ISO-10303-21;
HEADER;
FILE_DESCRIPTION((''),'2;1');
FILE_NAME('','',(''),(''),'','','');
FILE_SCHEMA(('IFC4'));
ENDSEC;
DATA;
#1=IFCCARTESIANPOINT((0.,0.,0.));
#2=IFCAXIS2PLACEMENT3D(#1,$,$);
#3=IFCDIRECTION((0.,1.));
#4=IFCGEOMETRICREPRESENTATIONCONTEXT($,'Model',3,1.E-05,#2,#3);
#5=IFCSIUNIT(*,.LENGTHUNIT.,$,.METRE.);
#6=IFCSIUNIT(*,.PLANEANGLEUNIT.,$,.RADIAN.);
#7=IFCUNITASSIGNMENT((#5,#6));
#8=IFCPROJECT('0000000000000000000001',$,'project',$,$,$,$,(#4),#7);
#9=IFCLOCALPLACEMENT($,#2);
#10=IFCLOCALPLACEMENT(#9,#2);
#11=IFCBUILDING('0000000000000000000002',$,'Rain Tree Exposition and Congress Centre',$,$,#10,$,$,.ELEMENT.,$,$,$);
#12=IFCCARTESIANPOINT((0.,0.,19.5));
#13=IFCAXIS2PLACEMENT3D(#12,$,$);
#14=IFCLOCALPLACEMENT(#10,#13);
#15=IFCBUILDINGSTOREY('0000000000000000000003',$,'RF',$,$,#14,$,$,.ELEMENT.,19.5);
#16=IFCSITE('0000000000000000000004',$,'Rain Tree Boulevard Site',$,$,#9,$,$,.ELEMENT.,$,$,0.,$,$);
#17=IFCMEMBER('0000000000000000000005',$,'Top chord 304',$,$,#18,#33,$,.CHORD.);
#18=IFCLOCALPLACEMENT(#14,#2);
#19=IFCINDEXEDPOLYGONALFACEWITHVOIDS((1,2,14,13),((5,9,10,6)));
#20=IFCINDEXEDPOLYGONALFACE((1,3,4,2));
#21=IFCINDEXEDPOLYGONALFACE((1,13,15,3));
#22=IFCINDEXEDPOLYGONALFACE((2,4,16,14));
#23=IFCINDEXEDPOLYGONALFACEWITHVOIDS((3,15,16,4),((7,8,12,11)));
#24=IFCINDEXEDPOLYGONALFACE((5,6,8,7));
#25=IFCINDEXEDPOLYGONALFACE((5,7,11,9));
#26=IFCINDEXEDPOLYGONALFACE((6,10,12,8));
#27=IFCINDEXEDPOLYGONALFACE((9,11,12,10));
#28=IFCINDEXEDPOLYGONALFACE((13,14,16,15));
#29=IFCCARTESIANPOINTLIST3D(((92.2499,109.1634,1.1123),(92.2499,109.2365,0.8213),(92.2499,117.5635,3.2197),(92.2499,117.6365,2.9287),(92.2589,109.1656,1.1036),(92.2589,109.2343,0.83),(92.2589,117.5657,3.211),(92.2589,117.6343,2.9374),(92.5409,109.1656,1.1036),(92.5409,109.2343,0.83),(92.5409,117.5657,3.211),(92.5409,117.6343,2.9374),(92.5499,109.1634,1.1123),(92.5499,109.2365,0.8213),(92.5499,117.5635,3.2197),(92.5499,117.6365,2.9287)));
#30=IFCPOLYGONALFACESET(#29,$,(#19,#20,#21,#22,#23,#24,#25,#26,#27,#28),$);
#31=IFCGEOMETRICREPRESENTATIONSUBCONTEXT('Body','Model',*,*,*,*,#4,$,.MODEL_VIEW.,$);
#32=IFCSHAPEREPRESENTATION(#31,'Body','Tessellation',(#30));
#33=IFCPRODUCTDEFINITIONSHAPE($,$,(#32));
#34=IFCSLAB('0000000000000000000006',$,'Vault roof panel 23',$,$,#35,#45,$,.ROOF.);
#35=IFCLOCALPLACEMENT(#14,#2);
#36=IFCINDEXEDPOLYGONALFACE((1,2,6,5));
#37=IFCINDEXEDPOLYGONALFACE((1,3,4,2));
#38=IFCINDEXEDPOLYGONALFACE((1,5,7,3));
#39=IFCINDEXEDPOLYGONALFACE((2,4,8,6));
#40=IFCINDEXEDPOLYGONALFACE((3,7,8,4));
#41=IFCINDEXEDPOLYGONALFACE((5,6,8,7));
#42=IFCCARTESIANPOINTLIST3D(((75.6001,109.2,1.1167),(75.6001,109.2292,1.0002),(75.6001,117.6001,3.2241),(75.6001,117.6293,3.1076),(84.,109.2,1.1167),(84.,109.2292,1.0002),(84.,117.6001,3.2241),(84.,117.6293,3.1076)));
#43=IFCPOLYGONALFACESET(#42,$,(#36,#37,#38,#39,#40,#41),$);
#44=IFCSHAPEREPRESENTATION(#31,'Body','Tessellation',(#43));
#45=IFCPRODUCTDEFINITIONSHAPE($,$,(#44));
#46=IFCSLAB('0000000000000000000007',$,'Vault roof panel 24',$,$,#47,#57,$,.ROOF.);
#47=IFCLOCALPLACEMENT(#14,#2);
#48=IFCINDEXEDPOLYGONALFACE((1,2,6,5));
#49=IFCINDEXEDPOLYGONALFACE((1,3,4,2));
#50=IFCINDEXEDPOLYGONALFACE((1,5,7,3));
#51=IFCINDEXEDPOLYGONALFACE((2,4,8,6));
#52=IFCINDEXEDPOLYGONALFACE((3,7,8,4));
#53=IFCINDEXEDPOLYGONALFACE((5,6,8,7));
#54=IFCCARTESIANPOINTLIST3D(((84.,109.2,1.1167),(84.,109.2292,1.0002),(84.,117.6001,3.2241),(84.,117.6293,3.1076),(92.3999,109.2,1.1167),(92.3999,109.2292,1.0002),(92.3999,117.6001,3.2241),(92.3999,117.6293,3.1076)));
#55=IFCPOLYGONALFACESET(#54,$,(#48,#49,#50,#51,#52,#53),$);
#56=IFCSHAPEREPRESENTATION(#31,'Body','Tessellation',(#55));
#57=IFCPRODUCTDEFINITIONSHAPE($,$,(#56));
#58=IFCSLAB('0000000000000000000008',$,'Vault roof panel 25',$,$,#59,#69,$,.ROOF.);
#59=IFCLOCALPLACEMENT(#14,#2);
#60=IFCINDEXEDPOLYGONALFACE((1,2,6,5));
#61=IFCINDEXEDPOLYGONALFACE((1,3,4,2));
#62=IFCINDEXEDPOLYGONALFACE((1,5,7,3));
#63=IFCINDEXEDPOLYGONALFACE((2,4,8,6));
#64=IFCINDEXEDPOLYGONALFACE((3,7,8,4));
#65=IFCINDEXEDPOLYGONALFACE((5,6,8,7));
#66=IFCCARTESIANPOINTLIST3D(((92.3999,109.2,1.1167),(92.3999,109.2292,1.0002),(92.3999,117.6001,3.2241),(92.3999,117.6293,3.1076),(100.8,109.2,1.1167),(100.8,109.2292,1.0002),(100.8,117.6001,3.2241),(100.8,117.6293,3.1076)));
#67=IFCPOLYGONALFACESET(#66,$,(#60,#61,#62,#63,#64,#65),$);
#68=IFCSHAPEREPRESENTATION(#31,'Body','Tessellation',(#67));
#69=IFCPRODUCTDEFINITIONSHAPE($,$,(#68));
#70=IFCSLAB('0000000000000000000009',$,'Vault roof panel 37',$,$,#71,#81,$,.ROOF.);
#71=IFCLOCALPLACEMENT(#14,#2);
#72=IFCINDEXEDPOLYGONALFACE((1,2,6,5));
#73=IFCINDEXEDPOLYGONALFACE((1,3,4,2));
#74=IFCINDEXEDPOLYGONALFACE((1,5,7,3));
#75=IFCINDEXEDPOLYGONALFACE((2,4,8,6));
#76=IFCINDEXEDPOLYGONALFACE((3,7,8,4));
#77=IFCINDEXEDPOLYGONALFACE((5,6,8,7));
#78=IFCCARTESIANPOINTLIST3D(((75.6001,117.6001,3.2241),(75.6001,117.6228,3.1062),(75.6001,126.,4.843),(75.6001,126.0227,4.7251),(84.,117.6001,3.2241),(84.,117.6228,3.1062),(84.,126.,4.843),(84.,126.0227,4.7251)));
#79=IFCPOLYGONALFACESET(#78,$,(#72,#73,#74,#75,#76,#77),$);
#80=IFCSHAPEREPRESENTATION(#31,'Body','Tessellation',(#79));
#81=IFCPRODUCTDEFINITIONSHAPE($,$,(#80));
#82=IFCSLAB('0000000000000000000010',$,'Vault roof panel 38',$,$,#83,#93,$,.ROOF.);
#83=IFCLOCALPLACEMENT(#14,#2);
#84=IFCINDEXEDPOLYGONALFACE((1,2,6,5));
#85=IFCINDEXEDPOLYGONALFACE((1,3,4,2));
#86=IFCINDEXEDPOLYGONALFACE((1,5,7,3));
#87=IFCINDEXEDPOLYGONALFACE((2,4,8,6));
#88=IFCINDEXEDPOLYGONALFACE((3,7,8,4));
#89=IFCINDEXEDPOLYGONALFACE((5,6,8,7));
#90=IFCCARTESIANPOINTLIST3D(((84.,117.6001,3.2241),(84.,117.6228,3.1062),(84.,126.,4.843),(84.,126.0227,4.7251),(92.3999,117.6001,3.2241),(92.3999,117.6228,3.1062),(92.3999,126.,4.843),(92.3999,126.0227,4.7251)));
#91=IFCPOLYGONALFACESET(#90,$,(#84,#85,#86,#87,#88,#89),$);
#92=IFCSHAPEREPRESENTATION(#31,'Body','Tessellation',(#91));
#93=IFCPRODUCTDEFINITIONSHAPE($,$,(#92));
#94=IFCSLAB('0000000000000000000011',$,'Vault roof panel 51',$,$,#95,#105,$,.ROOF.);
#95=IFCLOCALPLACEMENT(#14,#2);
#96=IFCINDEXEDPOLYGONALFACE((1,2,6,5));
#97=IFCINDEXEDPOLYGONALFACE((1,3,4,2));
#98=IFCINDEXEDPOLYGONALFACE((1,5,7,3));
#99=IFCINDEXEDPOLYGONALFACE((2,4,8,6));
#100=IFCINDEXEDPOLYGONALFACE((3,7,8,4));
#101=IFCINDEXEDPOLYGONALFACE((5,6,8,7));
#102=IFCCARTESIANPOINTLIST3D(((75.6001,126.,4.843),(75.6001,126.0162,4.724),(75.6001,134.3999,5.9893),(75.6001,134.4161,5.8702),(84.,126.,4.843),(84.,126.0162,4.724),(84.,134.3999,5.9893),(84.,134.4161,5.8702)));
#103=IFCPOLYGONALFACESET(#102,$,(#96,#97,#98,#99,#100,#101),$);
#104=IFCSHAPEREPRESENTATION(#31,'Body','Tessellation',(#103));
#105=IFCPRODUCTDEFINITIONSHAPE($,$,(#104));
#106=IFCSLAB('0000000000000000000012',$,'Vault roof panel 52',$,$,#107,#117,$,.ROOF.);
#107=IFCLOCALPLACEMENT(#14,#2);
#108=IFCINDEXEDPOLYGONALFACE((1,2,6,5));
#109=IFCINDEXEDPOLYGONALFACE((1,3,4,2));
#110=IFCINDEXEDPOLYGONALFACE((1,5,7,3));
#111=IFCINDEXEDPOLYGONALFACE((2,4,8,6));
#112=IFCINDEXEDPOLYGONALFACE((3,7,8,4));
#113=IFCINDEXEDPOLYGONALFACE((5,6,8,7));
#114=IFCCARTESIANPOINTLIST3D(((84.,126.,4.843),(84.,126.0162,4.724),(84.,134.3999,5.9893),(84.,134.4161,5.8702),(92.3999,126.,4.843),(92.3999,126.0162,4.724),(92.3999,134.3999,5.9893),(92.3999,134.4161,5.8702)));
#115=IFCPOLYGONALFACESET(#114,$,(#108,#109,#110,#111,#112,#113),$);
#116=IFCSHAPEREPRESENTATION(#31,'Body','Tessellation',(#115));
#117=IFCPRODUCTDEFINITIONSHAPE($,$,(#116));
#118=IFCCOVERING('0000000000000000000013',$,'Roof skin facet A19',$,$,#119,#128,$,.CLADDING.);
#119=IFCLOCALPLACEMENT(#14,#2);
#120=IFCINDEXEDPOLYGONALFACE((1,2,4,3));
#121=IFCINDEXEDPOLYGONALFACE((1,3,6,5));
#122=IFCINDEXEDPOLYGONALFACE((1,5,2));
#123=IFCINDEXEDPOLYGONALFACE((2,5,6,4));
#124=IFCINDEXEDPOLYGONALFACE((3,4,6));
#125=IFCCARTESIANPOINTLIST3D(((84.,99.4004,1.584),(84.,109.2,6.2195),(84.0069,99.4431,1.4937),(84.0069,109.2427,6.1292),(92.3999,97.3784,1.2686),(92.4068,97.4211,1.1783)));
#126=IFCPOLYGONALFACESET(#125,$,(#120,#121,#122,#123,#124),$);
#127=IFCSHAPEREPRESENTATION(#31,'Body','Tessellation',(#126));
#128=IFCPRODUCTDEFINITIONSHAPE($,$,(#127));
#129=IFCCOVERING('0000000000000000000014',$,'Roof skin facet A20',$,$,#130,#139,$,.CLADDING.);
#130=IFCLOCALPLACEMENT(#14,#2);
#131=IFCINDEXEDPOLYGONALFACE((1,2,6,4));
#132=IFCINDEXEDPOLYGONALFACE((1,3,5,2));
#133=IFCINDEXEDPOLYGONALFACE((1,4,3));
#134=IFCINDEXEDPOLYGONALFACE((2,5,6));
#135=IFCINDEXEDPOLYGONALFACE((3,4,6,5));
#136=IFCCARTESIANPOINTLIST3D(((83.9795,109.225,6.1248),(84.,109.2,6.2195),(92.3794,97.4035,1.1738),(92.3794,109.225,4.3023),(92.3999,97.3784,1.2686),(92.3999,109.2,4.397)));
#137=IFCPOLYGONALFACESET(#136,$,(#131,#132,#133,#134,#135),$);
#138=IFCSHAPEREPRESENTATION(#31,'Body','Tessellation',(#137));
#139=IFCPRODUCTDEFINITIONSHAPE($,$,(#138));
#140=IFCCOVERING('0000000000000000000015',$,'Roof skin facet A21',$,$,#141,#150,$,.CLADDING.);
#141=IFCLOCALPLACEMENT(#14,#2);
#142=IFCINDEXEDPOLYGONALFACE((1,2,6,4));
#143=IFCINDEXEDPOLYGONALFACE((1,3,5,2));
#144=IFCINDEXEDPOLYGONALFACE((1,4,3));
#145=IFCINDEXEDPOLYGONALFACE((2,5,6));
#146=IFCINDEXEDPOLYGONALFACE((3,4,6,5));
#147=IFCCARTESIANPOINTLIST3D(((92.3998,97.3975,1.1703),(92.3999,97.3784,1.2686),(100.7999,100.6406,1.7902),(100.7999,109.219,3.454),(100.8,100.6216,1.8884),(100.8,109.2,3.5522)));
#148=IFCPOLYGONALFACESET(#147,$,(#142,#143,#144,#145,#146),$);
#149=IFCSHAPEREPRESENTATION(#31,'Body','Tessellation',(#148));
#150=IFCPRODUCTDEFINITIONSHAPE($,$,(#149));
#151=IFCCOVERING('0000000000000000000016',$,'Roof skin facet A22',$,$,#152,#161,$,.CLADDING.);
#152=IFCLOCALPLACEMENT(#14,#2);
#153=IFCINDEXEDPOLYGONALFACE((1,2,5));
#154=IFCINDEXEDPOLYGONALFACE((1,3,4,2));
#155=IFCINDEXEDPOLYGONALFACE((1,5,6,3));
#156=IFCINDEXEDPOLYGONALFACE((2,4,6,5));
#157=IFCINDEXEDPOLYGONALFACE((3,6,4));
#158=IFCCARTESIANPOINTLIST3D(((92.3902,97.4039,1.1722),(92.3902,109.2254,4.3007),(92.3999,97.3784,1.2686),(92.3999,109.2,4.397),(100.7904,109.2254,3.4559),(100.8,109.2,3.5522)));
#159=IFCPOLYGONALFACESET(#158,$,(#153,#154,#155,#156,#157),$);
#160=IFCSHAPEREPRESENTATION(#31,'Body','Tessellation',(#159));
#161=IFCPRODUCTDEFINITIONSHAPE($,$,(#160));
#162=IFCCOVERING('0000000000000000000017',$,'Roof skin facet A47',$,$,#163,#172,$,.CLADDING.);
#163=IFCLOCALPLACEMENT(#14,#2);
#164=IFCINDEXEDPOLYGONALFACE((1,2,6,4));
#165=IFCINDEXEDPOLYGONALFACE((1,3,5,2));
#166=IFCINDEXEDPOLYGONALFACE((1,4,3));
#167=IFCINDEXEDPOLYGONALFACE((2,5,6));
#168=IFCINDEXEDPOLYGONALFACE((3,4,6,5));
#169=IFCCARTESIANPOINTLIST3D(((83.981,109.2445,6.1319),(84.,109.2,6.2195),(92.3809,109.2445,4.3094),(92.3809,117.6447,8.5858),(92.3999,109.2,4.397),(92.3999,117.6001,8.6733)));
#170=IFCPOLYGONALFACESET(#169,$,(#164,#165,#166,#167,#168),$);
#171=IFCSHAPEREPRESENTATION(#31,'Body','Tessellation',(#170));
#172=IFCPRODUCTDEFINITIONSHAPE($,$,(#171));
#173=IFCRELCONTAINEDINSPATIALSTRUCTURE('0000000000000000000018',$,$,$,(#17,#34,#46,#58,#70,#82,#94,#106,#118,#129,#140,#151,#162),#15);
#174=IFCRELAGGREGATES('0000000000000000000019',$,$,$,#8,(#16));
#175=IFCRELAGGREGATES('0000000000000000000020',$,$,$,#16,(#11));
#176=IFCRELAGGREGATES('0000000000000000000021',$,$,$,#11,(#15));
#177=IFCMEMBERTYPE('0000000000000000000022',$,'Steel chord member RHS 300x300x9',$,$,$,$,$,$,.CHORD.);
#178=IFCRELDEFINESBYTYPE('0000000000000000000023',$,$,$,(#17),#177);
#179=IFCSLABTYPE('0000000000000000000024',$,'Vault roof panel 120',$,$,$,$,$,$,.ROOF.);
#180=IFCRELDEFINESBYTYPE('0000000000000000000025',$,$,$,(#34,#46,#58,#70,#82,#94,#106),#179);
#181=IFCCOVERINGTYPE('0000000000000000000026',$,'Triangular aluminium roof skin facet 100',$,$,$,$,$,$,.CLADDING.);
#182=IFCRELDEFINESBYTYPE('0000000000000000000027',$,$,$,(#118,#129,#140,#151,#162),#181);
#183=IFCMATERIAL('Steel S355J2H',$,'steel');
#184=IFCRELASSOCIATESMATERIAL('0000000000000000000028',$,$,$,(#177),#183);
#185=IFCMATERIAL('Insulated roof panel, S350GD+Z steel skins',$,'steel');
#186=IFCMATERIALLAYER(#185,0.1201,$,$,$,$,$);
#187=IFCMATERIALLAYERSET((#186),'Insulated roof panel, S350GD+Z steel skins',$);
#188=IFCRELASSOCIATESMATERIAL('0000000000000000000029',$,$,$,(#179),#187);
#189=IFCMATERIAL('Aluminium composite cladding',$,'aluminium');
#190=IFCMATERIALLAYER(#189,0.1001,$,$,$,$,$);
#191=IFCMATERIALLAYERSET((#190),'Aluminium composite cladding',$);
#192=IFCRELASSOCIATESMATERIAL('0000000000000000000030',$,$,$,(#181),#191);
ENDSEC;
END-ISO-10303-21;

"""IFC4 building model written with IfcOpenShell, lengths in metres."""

from ifc_helpers import new_model, si_unit, direction, frame, origin, origin_2d, place, context, subcontext, project, spatial, polyline, hollow_rectangle, outline, extrude, material, layer, layer_set, material_profile, profile_set, type_object, element, save


model = new_model("IFC4")

# Units and contexts
model_context = context("Model", 3, precision=1e-05, world=origin(), true_north=direction((0.0, 1.0)))
body_context = subcontext(model_context, "Body", "Model", "MODEL_VIEW")
ifc_project = project(units=[si_unit("LENGTHUNIT", "METRE"), si_unit("PLANEANGLEUNIT", "RADIAN")], contexts=[model_context])

# Site, building, storey
site_placement = place(None, origin())
site = spatial("IfcSite", under=ifc_project, at=site_placement, Name="Rain Tree Boulevard Site", CompositionType="ELEMENT", RefElevation=0.0)
building_placement = place(site_placement, origin())
building = spatial("IfcBuilding", under=site, at=building_placement, Name="Rain Tree Exposition and Congress Centre", CompositionType="ELEMENT")
storey_placement = place(building_placement, frame((0.0, 0.0, 19.5)))
storey = spatial("IfcBuildingStorey", under=building, at=storey_placement, Name="RF", CompositionType="ELEMENT", Elevation=19.5)

# Member
ifc_material_1 = material(Name="Steel S355J2H", Category="steel")
ifc_material_profile_1 = material_profile(ifc_material_1, hollow_rectangle(XDim=0.3, YDim=0.3, WallThickness=0.009, at=origin_2d()), Name="RHS 300x300x9")
ifc_profile_set_1 = profile_set([ifc_material_profile_1], Name="Steel S355J2H")
member_type = type_object("IfcMemberType", Name="Steel chord member RHS 300x300x9", PredefinedType="CHORD", material=ifc_profile_set_1)
member_1_placement = place(storey_placement, frame((92.3999, 109.2, 0.9668), z_axis=(0.0, 0.969942, 0.243338), x_axis=(-1.0, 0.0, 0.0)))
element("IfcMember", 1, at=member_1_placement, inside=storey, type_object=member_type, Name="Top chord 304", PredefinedType="CHORD", context=body_context, shape_type="SweptSolid", body=[
    extrude(hollow_rectangle(XDim=0.3, YDim=0.3, WallThickness=0.009, at=origin_2d()), origin(), (0.0, 0.0, 1.0), 8.6604),
])

# Slabs
ifc_material_2 = material(Name="Insulated roof panel, S350GD+Z steel skins", Category="steel")
ifc_layer_1 = layer(ifc_material_2, 0.1201)
ifc_layer_set_1 = layer_set([ifc_layer_1], Name="Insulated roof panel, S350GD+Z steel skins")
slab_type = type_object("IfcSlabType", Name="Vault roof panel 120", PredefinedType="ROOF", material=ifc_layer_set_1)
for number, where, z_axis, x_axis, name in (
    (2, (75.6001, 109.2, 1.1167), (0.0, -0.243338, 0.969942), (1.0, 0.0, 0.0), "Vault roof panel 23"),
    (3, (84.0, 109.2, 1.1167), (0.0, -0.243338, 0.969942), (1.0, 0.0, 0.0), "Vault roof panel 24"),
):
    element("IfcSlab", number, at=place(storey_placement, frame(where, z_axis=z_axis, x_axis=x_axis)), inside=storey, type_object=slab_type, Name=name, PredefinedType="ROOF", context=body_context, shape_type="SweptSolid", body=[
        extrude(outline(polyline([(0.0, 0.0), (8.3999, 0.0), (8.3999, 8.6605), (0.0, 8.6605), (0.0, 0.0)])), origin(), (0.0, 0.0, -1.0), 0.1201),
    ])
slab_placement = place(storey_placement, frame((92.3999, 109.2, 1.1167), z_axis=(0.0, -0.243338, 0.969942), x_axis=(1.0, 0.0, 0.0)))
element("IfcSlab", 4, at=slab_placement, inside=storey, type_object=slab_type, Name="Vault roof panel 25", PredefinedType="ROOF", context=body_context, shape_type="SweptSolid", body=[
    extrude(outline(polyline([(0.0, 0.0), (8.4001, 0.0), (8.4001, 8.6605), (0.0, 8.6605), (0.0, 0.0)])), origin(), (0.0, 0.0, -1.0), 0.1201),
])
for number, where, z_axis, x_axis, name in (
    (5, (75.6001, 117.6001, 3.2241), (0.0, -0.189245, 0.98193), (1.0, 0.0, 0.0), "Vault roof panel 37"),
    (6, (84.0, 117.6001, 3.2241), (0.0, -0.189245, 0.98193), (1.0, 0.0, 0.0), "Vault roof panel 38"),
):
    element("IfcSlab", number, at=place(storey_placement, frame(where, z_axis=z_axis, x_axis=x_axis)), inside=storey, type_object=slab_type, Name=name, PredefinedType="ROOF", context=body_context, shape_type="SweptSolid", body=[
        extrude(outline(polyline([(0.0, 0.0), (8.3999, 0.0), (8.3999, 8.5545), (0.0, 8.5545), (0.0, 0.0)])), origin(), (0.0, 0.0, -1.0), 0.1201),
    ])
for number, where, z_axis, x_axis, name in (
    (7, (75.6001, 126.0, 4.843), (0.0, -0.135206, 0.990818), (1.0, 0.0, 0.0), "Vault roof panel 51"),
    (8, (84.0, 126.0, 4.843), (0.0, -0.135206, 0.990818), (1.0, 0.0, 0.0), "Vault roof panel 52"),
):
    element("IfcSlab", number, at=place(storey_placement, frame(where, z_axis=z_axis, x_axis=x_axis)), inside=storey, type_object=slab_type, Name=name, PredefinedType="ROOF", context=body_context, shape_type="SweptSolid", body=[
        extrude(outline(polyline([(0.0, 0.0), (8.3999, 0.0), (8.3999, 8.4777), (0.0, 8.4777), (0.0, 0.0)])), origin(), (0.0, 0.0, -1.0), 0.1201),
    ])

# Coverings
ifc_material_3 = material(Name="Aluminium composite cladding", Category="aluminium")
ifc_layer_2 = layer(ifc_material_3, 0.1001)
ifc_layer_set_2 = layer_set([ifc_layer_2], Name="Aluminium composite cladding")
covering_type = type_object("IfcCoveringType", Name="Triangular aluminium roof skin facet 100", PredefinedType="CLADDING", material=ifc_layer_set_2)
covering_1_placement = place(storey_placement, frame((84.0, 99.4004, 1.584), z_axis=(-0.068821, -0.42659, 0.901823), x_axis=(0.971582, -0.233873, -0.036484)))
element("IfcCovering", 9, at=covering_1_placement, inside=storey, type_object=covering_type, Name="Roof skin facet A19", PredefinedType="CLADDING", context=body_context, shape_type="SweptSolid", body=[
    extrude(outline(polyline([(0.0, 0.0), (8.6456, 0.0), (-2.461, 10.5576), (0.0, 0.0)])), origin(), (0.0, 0.0, -1.0), 0.1001),
])
covering_2_placement = place(storey_placement, frame((92.3999, 97.3784, 1.2686), z_axis=(0.205281, -0.250382, 0.946134), x_axis=(0.0, 0.966722, 0.255831)))
element("IfcCovering", 10, at=covering_2_placement, inside=storey, type_object=covering_type, Name="Roof skin facet A20", PredefinedType="CLADDING", context=body_context, shape_type="SweptSolid", body=[
    extrude(outline(polyline([(0.0, 0.0), (12.2285, 0.0), (12.6947, 8.5827), (0.0, 0.0)])), origin(), (0.0, 0.0, -1.0), 0.1001),
])
covering_3_placement = place(storey_placement, frame((92.3999, 97.3784, 1.2686), z_axis=(0.00107, -0.190407, 0.981705), x_axis=(0.930683, 0.359322, 0.068678)))
element("IfcCovering", 11, at=covering_3_placement, inside=storey, type_object=covering_type, Name="Roof skin facet A21", PredefinedType="CLADDING", context=body_context, shape_type="SweptSolid", body=[
    extrude(outline(polyline([(0.0, 0.0), (9.0258, 0.0), (12.2225, 8.1325), (0.0, 0.0)])), origin(), (0.0, 0.0, -1.0), 0.1001),
])
covering_4_placement = place(storey_placement, frame((92.3999, 97.3784, 1.2686), z_axis=(0.096758, -0.25463, 0.962186), x_axis=(0.572185, 0.805237, 0.155556)))
element("IfcCovering", 12, at=covering_4_placement, inside=storey, type_object=covering_type, Name="Roof skin facet A22", PredefinedType="CLADDING", context=body_context, shape_type="SweptSolid", body=[
    extrude(outline(polyline([(0.0, 0.0), (14.6808, 0.0), (10.0058, 7.0299), (0.0, 0.0)])), origin(), (0.0, 0.0, -1.0), 0.1001),
])
covering_5_placement = place(storey_placement, frame((84.0, 109.2, 6.2195), z_axis=(0.189838, -0.445427, 0.874961), x_axis=(0.977262, 0.0, -0.212035)))
element("IfcCovering", 13, at=covering_5_placement, inside=storey, type_object=covering_type, Name="Roof skin facet A47", PredefinedType="CLADDING", context=body_context, shape_type="SweptSolid", body=[
    extrude(outline(polyline([(0.0, 0.0), (8.5953, 0.0), (7.6886, 9.3823), (0.0, 0.0)])), origin(), (0.0, 0.0, -1.0), 0.1001),
])

save(model, "model.ifc")
